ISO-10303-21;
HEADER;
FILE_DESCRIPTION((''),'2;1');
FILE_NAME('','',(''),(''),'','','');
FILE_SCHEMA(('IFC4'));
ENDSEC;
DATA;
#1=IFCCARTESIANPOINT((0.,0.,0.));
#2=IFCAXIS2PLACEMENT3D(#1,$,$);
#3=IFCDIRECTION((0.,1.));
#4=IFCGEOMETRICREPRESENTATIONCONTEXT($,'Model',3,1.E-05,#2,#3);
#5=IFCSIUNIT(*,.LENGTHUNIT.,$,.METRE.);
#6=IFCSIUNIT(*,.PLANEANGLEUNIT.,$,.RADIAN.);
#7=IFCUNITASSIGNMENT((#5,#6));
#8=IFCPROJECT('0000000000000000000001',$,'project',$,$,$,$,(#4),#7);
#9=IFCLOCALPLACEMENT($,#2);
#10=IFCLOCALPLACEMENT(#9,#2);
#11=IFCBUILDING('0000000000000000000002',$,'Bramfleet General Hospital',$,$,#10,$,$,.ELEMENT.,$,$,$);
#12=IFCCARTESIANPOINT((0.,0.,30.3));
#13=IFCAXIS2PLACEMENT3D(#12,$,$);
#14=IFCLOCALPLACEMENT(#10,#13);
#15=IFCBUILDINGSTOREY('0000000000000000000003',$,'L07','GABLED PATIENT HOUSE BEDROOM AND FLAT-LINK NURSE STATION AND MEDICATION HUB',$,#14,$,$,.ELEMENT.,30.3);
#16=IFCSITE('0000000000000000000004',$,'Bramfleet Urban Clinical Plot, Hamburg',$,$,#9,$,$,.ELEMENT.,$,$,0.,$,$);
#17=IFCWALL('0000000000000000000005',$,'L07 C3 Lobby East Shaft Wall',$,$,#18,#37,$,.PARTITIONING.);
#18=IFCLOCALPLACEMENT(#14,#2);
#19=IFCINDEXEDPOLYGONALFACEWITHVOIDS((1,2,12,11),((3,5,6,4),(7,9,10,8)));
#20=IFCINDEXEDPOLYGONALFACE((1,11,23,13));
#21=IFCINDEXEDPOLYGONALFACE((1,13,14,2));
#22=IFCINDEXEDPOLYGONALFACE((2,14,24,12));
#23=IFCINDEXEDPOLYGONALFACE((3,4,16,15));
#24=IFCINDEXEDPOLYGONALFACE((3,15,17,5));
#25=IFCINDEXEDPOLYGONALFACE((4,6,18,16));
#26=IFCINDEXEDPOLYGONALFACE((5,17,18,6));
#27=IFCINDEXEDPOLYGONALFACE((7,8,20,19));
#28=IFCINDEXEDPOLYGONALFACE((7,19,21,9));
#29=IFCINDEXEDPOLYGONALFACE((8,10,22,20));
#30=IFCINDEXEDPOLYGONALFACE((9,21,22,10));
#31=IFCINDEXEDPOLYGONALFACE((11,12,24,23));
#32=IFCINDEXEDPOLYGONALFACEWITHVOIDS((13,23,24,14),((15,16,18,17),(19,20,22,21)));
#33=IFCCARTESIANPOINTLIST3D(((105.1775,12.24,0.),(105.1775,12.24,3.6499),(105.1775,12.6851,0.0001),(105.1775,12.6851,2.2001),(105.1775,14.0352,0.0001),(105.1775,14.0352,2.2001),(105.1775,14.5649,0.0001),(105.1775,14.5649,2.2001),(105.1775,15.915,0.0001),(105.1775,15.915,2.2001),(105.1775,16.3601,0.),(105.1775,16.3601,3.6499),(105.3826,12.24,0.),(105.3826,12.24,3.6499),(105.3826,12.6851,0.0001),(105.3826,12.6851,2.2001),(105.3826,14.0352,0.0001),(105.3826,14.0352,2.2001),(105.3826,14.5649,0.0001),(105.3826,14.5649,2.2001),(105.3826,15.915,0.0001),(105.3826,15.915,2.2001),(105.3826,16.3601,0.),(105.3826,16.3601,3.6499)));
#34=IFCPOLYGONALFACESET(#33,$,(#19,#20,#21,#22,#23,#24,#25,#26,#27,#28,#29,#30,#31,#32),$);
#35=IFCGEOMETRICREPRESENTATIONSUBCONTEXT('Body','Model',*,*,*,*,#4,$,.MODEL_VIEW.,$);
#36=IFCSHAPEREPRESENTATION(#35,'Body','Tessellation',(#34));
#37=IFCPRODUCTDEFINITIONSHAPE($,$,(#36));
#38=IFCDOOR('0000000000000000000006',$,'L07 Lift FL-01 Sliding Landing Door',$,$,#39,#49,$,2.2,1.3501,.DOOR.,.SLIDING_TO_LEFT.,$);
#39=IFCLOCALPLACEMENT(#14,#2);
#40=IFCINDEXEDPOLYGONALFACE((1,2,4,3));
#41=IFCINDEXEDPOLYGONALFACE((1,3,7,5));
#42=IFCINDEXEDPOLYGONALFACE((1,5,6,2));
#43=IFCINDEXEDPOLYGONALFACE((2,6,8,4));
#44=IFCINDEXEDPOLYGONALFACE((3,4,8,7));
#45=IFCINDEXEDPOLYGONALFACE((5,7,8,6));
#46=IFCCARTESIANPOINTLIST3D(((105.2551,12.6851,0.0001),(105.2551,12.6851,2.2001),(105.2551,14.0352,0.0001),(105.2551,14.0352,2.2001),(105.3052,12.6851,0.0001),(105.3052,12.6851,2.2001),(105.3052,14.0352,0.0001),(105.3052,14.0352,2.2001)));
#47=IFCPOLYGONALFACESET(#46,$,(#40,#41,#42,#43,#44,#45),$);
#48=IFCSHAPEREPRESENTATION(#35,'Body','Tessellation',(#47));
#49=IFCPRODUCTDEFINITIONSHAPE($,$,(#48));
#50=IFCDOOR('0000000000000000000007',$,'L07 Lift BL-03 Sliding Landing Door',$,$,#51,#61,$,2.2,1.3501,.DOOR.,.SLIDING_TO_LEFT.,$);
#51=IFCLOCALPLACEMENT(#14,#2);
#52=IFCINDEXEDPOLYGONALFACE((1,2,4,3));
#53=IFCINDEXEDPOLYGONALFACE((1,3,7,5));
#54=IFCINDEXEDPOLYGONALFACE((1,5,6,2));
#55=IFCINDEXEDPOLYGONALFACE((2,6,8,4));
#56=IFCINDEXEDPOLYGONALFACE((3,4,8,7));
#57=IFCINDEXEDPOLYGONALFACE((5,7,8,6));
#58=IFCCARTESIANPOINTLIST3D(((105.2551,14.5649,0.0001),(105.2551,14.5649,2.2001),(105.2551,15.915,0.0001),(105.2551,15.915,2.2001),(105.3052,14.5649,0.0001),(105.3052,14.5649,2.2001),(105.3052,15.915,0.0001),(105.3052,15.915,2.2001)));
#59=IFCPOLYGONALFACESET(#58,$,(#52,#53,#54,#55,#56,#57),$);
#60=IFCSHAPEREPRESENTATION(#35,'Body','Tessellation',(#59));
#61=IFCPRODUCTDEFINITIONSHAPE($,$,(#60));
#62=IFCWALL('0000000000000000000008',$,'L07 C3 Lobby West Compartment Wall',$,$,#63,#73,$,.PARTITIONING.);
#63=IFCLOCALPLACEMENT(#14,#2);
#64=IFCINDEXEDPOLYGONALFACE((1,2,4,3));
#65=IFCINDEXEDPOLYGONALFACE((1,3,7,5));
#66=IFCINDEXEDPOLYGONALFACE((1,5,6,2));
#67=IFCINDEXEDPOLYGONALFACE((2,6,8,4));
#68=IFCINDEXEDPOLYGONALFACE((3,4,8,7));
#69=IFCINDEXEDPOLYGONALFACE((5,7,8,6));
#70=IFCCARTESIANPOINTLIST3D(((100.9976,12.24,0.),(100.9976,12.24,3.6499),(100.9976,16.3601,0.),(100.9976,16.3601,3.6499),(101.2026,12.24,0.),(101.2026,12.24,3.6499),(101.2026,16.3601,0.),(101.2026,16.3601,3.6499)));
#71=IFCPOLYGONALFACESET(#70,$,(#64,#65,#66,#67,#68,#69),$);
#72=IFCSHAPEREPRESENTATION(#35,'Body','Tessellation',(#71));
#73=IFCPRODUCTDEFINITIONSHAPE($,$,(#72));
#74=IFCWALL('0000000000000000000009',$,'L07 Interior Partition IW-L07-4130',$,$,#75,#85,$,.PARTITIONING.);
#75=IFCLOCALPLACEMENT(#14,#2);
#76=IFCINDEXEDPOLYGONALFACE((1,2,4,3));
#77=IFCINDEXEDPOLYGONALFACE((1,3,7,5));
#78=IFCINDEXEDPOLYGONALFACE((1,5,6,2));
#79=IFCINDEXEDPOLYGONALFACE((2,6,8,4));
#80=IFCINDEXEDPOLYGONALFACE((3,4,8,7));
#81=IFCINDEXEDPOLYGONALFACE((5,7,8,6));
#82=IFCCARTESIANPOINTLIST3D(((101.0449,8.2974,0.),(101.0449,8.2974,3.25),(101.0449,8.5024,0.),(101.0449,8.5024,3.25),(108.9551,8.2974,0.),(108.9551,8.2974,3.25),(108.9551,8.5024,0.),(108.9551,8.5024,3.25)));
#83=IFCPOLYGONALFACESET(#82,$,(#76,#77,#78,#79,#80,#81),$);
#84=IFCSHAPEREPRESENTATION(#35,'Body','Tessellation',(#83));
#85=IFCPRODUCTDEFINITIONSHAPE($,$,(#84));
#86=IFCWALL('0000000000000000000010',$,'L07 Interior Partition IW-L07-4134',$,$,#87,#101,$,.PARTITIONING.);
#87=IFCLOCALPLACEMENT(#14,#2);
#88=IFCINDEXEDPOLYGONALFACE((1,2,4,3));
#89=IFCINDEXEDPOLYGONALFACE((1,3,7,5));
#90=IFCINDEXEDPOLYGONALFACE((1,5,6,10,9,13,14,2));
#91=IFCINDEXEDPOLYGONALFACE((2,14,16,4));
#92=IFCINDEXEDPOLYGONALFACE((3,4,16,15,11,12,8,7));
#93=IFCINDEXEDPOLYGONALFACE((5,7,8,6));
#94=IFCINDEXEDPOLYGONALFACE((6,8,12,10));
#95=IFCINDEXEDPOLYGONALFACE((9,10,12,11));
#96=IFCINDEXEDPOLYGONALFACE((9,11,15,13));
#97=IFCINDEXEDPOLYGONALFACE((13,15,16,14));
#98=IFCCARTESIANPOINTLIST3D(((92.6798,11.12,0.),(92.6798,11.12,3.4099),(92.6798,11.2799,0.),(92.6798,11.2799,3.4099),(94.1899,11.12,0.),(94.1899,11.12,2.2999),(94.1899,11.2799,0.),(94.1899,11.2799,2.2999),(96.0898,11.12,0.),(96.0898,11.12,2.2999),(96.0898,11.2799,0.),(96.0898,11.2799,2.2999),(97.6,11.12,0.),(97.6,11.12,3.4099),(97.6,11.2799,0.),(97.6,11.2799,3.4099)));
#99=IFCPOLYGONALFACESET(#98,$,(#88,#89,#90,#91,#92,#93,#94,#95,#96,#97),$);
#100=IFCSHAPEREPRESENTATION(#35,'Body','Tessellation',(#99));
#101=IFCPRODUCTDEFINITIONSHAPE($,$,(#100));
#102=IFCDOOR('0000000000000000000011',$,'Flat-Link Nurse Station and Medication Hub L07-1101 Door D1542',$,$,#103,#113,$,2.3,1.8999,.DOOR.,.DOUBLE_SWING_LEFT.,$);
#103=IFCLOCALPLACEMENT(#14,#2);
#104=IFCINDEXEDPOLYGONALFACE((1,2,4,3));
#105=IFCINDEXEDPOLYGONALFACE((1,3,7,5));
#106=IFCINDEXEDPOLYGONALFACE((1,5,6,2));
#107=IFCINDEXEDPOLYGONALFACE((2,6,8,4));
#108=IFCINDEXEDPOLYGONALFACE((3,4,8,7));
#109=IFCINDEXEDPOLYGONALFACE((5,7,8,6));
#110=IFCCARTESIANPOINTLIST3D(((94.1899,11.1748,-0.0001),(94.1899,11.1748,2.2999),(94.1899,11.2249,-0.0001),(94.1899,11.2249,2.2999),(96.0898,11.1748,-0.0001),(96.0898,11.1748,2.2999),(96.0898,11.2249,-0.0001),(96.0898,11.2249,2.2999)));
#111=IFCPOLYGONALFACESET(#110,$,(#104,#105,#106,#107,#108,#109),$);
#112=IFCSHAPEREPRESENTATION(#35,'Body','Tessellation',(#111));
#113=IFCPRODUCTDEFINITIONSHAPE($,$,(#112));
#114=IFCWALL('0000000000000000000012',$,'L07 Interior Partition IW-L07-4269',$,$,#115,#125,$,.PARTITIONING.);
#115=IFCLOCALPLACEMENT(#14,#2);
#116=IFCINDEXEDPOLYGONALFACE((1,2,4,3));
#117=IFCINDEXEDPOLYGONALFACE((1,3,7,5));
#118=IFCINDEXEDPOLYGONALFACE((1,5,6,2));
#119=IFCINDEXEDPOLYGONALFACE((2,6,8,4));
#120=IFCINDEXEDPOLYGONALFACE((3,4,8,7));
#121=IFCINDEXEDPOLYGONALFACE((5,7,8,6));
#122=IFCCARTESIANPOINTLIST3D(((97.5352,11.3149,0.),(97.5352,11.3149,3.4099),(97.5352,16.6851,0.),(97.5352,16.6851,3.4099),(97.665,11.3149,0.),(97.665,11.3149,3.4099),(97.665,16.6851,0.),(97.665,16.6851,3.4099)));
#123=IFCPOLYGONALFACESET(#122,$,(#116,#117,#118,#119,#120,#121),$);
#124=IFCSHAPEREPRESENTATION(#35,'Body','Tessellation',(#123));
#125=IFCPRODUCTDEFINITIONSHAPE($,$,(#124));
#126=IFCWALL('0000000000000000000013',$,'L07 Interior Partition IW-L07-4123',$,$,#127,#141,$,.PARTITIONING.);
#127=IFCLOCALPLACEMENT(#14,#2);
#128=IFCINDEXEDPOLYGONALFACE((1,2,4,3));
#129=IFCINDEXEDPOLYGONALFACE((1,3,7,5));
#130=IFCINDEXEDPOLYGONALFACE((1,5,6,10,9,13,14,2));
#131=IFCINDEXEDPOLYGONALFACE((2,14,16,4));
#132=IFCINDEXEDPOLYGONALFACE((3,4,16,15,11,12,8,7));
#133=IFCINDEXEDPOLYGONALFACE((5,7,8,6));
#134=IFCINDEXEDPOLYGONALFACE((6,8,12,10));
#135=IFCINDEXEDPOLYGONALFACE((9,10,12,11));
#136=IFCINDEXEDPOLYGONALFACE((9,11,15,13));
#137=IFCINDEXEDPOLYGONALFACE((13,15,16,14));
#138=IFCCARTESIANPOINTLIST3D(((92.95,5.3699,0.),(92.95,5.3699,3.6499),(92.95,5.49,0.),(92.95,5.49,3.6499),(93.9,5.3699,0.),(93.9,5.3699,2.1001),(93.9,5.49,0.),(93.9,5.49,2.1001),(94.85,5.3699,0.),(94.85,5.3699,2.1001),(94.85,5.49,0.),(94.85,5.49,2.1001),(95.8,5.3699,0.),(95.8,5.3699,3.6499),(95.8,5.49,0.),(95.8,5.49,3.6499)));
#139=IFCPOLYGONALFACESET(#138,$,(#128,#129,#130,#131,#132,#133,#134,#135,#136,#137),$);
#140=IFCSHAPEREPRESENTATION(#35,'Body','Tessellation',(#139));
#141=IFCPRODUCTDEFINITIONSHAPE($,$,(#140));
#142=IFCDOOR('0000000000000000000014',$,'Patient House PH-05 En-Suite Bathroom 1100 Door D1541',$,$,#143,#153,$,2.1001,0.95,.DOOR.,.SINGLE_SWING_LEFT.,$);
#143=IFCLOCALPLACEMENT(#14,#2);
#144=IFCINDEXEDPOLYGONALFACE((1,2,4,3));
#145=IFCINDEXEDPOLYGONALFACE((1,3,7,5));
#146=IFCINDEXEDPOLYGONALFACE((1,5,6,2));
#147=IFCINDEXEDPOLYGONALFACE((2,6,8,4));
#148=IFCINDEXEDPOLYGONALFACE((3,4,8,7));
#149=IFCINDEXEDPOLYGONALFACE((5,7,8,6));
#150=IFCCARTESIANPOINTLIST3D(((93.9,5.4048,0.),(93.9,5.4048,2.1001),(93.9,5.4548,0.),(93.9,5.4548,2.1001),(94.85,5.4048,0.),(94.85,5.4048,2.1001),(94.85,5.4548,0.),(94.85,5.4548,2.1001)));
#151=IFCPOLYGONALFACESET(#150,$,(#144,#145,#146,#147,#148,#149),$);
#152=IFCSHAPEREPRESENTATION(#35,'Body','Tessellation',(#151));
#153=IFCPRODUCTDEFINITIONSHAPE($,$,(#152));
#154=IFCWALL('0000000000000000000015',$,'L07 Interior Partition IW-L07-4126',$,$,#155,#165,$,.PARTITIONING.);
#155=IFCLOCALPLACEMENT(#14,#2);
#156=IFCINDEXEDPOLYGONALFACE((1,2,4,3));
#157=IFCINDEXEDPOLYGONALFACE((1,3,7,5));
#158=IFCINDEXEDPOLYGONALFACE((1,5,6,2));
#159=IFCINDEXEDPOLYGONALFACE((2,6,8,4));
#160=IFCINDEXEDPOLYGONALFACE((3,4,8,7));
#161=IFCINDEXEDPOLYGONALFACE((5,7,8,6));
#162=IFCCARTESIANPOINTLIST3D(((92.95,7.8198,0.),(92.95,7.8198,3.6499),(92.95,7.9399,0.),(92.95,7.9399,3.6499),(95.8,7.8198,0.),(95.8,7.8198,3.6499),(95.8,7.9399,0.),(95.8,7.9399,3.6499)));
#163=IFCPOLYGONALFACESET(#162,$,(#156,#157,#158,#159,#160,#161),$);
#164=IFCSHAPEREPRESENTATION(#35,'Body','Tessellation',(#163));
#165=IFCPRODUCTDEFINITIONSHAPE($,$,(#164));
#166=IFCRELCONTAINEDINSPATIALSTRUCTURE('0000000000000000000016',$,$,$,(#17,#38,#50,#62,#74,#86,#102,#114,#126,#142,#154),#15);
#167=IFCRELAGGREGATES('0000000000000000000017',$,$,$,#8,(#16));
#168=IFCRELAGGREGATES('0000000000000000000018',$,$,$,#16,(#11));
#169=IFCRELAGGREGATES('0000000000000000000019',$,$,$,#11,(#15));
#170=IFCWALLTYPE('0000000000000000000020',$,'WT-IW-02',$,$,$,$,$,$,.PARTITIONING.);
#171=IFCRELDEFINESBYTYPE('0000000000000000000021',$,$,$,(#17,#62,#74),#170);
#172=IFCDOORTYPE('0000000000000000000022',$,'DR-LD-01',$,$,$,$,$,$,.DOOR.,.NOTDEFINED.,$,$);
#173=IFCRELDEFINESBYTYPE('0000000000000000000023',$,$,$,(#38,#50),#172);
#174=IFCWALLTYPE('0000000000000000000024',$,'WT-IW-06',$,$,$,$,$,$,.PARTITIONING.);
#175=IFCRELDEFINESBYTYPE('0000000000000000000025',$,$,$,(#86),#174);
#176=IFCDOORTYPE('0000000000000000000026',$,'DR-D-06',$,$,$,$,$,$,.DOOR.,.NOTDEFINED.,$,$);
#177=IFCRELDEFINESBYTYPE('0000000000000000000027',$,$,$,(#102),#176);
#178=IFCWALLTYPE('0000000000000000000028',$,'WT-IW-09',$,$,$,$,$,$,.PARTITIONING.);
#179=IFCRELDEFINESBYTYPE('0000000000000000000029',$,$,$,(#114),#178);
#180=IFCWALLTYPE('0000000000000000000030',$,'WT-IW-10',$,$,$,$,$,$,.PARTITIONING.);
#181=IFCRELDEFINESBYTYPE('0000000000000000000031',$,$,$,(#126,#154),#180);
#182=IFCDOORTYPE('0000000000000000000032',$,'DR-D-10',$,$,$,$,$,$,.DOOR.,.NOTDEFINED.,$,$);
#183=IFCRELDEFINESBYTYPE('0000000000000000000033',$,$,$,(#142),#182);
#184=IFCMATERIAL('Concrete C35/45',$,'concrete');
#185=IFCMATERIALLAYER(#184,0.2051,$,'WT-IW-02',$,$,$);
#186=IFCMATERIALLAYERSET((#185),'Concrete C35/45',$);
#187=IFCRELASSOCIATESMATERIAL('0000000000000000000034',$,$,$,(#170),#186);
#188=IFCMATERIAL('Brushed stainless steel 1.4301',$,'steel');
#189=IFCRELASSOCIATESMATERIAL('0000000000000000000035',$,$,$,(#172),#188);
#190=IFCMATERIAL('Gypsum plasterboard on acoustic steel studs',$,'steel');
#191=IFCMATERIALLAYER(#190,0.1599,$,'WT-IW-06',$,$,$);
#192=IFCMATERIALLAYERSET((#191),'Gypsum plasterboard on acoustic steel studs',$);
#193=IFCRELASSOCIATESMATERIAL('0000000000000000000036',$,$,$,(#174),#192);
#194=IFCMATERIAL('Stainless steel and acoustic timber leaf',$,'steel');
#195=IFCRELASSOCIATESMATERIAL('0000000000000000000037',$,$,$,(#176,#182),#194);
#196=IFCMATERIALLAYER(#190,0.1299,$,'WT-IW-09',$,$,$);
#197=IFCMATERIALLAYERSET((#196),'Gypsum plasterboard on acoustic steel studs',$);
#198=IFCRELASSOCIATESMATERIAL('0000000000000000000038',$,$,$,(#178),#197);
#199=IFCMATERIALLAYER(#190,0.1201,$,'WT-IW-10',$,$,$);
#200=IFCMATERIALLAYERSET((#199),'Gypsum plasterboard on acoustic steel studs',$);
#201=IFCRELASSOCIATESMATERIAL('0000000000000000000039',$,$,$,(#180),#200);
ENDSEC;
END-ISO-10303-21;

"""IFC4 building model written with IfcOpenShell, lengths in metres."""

from ifc_helpers import new_model, si_unit, direction, frame, frame_2d, origin, place, context, subcontext, project, spatial, rectangle, extrude, material, layer, layer_set, type_object, element, fill, save


model = new_model("IFC4")

# Units and contexts
model_context = context("Model", 3, precision=1e-05, world=origin(), true_north=direction((0.0, 1.0)))
body_context = subcontext(model_context, "Body", "Model", "MODEL_VIEW")
ifc_project = project(units=[si_unit("LENGTHUNIT", "METRE"), si_unit("PLANEANGLEUNIT", "RADIAN")], contexts=[model_context])

# Site, building, storey
site_placement = place(None, origin())
site = spatial("IfcSite", under=ifc_project, at=site_placement, Name="Bramfleet Urban Clinical Plot, Hamburg", CompositionType="ELEMENT", RefElevation=0.0)
building_placement = place(site_placement, origin())
building = spatial("IfcBuilding", under=site, at=building_placement, Name="Bramfleet General Hospital", CompositionType="ELEMENT")
storey_placement = place(building_placement, frame((0.0, 0.0, 30.3)))
storey = spatial("IfcBuildingStorey", under=building, at=storey_placement, Name="L07", Description="GABLED PATIENT HOUSE BEDROOM AND FLAT-LINK NURSE STATION AND MEDICATION HUB", CompositionType="ELEMENT", Elevation=30.3)

# Shared definitions
ifc_material_1 = material(Name="Concrete C35/45", Category="concrete")

# Shared definitions
ifc_material_2 = material(Name="Stainless steel and acoustic timber leaf", Category="steel")

# Wall, openings, doors
ifc_layer_1 = layer(ifc_material_1, 0.2051, Name="WT-IW-02")
ifc_layer_set_1 = layer_set([ifc_layer_1], Name="Concrete C35/45")
wall_type_1 = type_object("IfcWallType", Name="WT-IW-02", PredefinedType="PARTITIONING", material=ifc_layer_set_1)
wall_1_placement = place(storey_placement, frame((105.28, 12.24, 0.0), z_axis=(0.0, 0.0, 1.0), x_axis=(0.0, 1.0, 0.0)))
wall_1 = element("IfcWall", 1, at=wall_1_placement, inside=storey, type_object=wall_type_1, Name="L07 C3 Lobby East Shaft Wall", PredefinedType="PARTITIONING", context=body_context, shape_type="SweptSolid", body=[
    extrude(rectangle(XDim=4.1201, YDim=0.2051, at=frame_2d((2.0601, 0.0))), origin(), (0.0, 0.0, 1.0), 3.6499),
])
opening_1_placement = place(wall_1_placement, frame((0.4451, 0.0, 0.0)))
opening_1 = element("IfcOpeningElement", 2, at=opening_1_placement, cuts=wall_1, PredefinedType="OPENING", context=body_context, shape_type="SweptSolid", body=[
    extrude(rectangle(XDim=1.3501, YDim=2.2, at=frame_2d((0.675, 1.1001))), frame((0.0, 0.1125, 0.0), z_axis=(0.0, -1.0, 0.0), x_axis=(1.0, 0.0, 0.0)), (0.0, 0.0, 1.0), 0.2251),
])
opening_2_placement = place(wall_1_placement, frame((2.325, 0.0, 0.0)))
opening_2 = element("IfcOpeningElement", 3, at=opening_2_placement, cuts=wall_1, PredefinedType="OPENING", context=body_context, shape_type="SweptSolid", body=[
    extrude(rectangle(XDim=1.3501, YDim=2.2, at=frame_2d((0.675, 1.1001))), frame((0.0, 0.1125, 0.0), z_axis=(0.0, -1.0, 0.0), x_axis=(1.0, 0.0, 0.0)), (0.0, 0.0, 1.0), 0.2251),
])
ifc_material_3 = material(Name="Brushed stainless steel 1.4301", Category="steel")
door_type_1 = type_object("IfcDoorType", Name="DR-LD-01", OperationType="NOTDEFINED", PredefinedType="DOOR", material=ifc_material_3)
door_1_placement = place(opening_1_placement, origin())
door_1 = element("IfcDoor", 4, at=door_1_placement, inside=storey, type_object=door_type_1, Name="L07 Lift FL-01 Sliding Landing Door", OperationType="SLIDING_TO_LEFT", OverallHeight=2.2, OverallWidth=1.3501, PredefinedType="DOOR", context=body_context, shape_type="SweptSolid", body=[
    extrude(rectangle(XDim=1.3501, YDim=2.2, at=frame_2d((0.675, 1.1001))), frame((0.0, 0.0249, 0.0), z_axis=(0.0, -1.0, 0.0), x_axis=(1.0, 0.0, 0.0)), (0.0, 0.0, 1.0), 0.05),
])
fill(opening_1, door_1)
door_2_placement = place(opening_2_placement, origin())
door_2 = element("IfcDoor", 5, at=door_2_placement, inside=storey, type_object=door_type_1, Name="L07 Lift BL-03 Sliding Landing Door", OperationType="SLIDING_TO_LEFT", OverallHeight=2.2, OverallWidth=1.3501, PredefinedType="DOOR", context=body_context, shape_type="SweptSolid", body=[
    extrude(rectangle(XDim=1.3501, YDim=2.2, at=frame_2d((0.675, 1.1001))), frame((0.0, 0.0249, 0.0), z_axis=(0.0, -1.0, 0.0), x_axis=(1.0, 0.0, 0.0)), (0.0, 0.0, 1.0), 0.05),
])
fill(opening_2, door_2)

# Walls
wall_2_placement = place(storey_placement, frame((101.1001, 12.24, 0.0), z_axis=(0.0, 0.0, 1.0), x_axis=(0.0, 1.0, 0.0)))
element("IfcWall", 6, at=wall_2_placement, inside=storey, type_object=wall_type_1, Name="L07 C3 Lobby West Compartment Wall", PredefinedType="PARTITIONING", context=body_context, shape_type="SweptSolid", body=[
    extrude(rectangle(XDim=4.1201, YDim=0.2051, at=frame_2d((2.0601, 0.0))), origin(), (0.0, 0.0, 1.0), 3.6499),
])
wall_3_placement = place(storey_placement, frame((101.0449, 8.3999, 0.0), z_axis=(0.0, 0.0, 1.0), x_axis=(1.0, 0.0, 0.0)))
element("IfcWall", 7, at=wall_3_placement, inside=storey, type_object=wall_type_1, Name="L07 Interior Partition IW-L07-4130", PredefinedType="PARTITIONING", context=body_context, shape_type="SweptSolid", body=[
    extrude(rectangle(XDim=7.9102, YDim=0.2051, at=frame_2d((3.9551, 0.0))), origin(), (0.0, 0.0, 1.0), 3.25),
])

# Wall, opening, door
ifc_material_4 = material(Name="Gypsum plasterboard on acoustic steel studs", Category="steel")
ifc_layer_2 = layer(ifc_material_4, 0.1599, Name="WT-IW-06")
ifc_layer_set_2 = layer_set([ifc_layer_2], Name="Gypsum plasterboard on acoustic steel studs")
wall_type_2 = type_object("IfcWallType", Name="WT-IW-06", PredefinedType="PARTITIONING", material=ifc_layer_set_2)
wall_4_placement = place(storey_placement, frame((92.6799, 11.2, 0.0), z_axis=(0.0, 0.0, 1.0), x_axis=(1.0, 0.0, 0.0)))
wall_4 = element("IfcWall", 8, at=wall_4_placement, inside=storey, type_object=wall_type_2, Name="L07 Interior Partition IW-L07-4134", PredefinedType="PARTITIONING", context=body_context, shape_type="SweptSolid", body=[
    extrude(rectangle(XDim=4.9202, YDim=0.1599, at=frame_2d((2.46, 0.0))), origin(), (0.0, 0.0, 1.0), 3.4099),
])
opening_3_placement = place(wall_4_placement, frame((1.51, 0.0, 0.0)))
opening_3 = element("IfcOpeningElement", 9, at=opening_3_placement, cuts=wall_4, PredefinedType="OPENING", context=body_context, shape_type="SweptSolid", body=[
    extrude(rectangle(XDim=1.8999, YDim=2.3, at=frame_2d((0.95, 1.1499))), frame((0.0, 0.0898, 0.0), z_axis=(0.0, -1.0, 0.0), x_axis=(1.0, 0.0, 0.0)), (0.0, 0.0, 1.0), 0.1799),
])
door_type_2 = type_object("IfcDoorType", Name="DR-D-06", OperationType="NOTDEFINED", PredefinedType="DOOR", material=ifc_material_2)
door_3_placement = place(opening_3_placement, origin())
door_3 = element("IfcDoor", 10, at=door_3_placement, inside=storey, type_object=door_type_2, Name="Flat-Link Nurse Station and Medication Hub L07-1101 Door D1542", OperationType="DOUBLE_SWING_LEFT", OverallHeight=2.3, OverallWidth=1.8999, PredefinedType="DOOR", context=body_context, shape_type="SweptSolid", body=[
    extrude(rectangle(XDim=1.8999, YDim=2.3, at=frame_2d((0.95, 1.1499))), frame((0.0, 0.0249, 0.0), z_axis=(0.0, -1.0, 0.0), x_axis=(1.0, 0.0, 0.0)), (0.0, 0.0, 1.0), 0.05),
])
fill(opening_3, door_3)

# Wall
ifc_layer_3 = layer(ifc_material_4, 0.1299, Name="WT-IW-09")
ifc_layer_set_3 = layer_set([ifc_layer_3], Name="Gypsum plasterboard on acoustic steel studs")
wall_type_3 = type_object("IfcWallType", Name="WT-IW-09", PredefinedType="PARTITIONING", material=ifc_layer_set_3)
wall_5_placement = place(storey_placement, frame((97.6001, 11.3149, 0.0), z_axis=(0.0, 0.0, 1.0), x_axis=(0.0, 1.0, 0.0)))
element("IfcWall", 11, at=wall_5_placement, inside=storey, type_object=wall_type_3, Name="L07 Interior Partition IW-L07-4269", PredefinedType="PARTITIONING", context=body_context, shape_type="SweptSolid", body=[
    extrude(rectangle(XDim=5.3701, YDim=0.1299, at=frame_2d((2.6851, 0.0))), origin(), (0.0, 0.0, 1.0), 3.4099),
])

# Wall, opening, door
ifc_layer_4 = layer(ifc_material_4, 0.1201, Name="WT-IW-10")
ifc_layer_set_4 = layer_set([ifc_layer_4], Name="Gypsum plasterboard on acoustic steel studs")
wall_type_4 = type_object("IfcWallType", Name="WT-IW-10", PredefinedType="PARTITIONING", material=ifc_layer_set_4)
wall_6_placement = place(storey_placement, frame((92.95, 5.4299, 0.0), z_axis=(0.0, 0.0, 1.0), x_axis=(1.0, 0.0, 0.0)))
wall_6 = element("IfcWall", 12, at=wall_6_placement, inside=storey, type_object=wall_type_4, Name="L07 Interior Partition IW-L07-4123", PredefinedType="PARTITIONING", context=body_context, shape_type="SweptSolid", body=[
    extrude(rectangle(XDim=2.8501, YDim=0.1201, at=frame_2d((1.425, 0.0))), origin(), (0.0, 0.0, 1.0), 3.6499),
])
opening_4_placement = place(wall_6_placement, frame((0.95, 0.0, 0.0)))
opening_4 = element("IfcOpeningElement", 13, at=opening_4_placement, cuts=wall_6, PredefinedType="OPENING", context=body_context, shape_type="SweptSolid", body=[
    extrude(rectangle(XDim=0.95, YDim=2.1001, at=frame_2d((0.4751, 1.05))), frame((0.0, 0.0701, 0.0), z_axis=(0.0, -1.0, 0.0), x_axis=(1.0, 0.0, 0.0)), (0.0, 0.0, 1.0), 0.1401),
])
door_type_3 = type_object("IfcDoorType", Name="DR-D-10", OperationType="NOTDEFINED", PredefinedType="DOOR", material=ifc_material_2)
door_4_placement = place(opening_4_placement, origin())
door_4 = element("IfcDoor", 14, at=door_4_placement, inside=storey, type_object=door_type_3, Name="Patient House PH-05 En-Suite Bathroom 1100 Door D1541", OperationType="SINGLE_SWING_LEFT", OverallHeight=2.1001, OverallWidth=0.95, PredefinedType="DOOR", context=body_context, shape_type="SweptSolid", body=[
    extrude(rectangle(XDim=0.95, YDim=2.1001, at=frame_2d((0.4751, 1.05))), frame((0.0, 0.0249, 0.0), z_axis=(0.0, -1.0, 0.0), x_axis=(1.0, 0.0, 0.0)), (0.0, 0.0, 1.0), 0.05),
])
fill(opening_4, door_4)

# Wall
wall_7_placement = place(storey_placement, frame((92.95, 7.8799, 0.0), z_axis=(0.0, 0.0, 1.0), x_axis=(1.0, 0.0, 0.0)))
element("IfcWall", 15, at=wall_7_placement, inside=storey, type_object=wall_type_4, Name="L07 Interior Partition IW-L07-4126", PredefinedType="PARTITIONING", context=body_context, shape_type="SweptSolid", body=[
    extrude(rectangle(XDim=2.8501, YDim=0.1201, at=frame_2d((1.425, 0.0))), origin(), (0.0, 0.0, 1.0), 3.6499),
])

save(model, "model.ifc")
